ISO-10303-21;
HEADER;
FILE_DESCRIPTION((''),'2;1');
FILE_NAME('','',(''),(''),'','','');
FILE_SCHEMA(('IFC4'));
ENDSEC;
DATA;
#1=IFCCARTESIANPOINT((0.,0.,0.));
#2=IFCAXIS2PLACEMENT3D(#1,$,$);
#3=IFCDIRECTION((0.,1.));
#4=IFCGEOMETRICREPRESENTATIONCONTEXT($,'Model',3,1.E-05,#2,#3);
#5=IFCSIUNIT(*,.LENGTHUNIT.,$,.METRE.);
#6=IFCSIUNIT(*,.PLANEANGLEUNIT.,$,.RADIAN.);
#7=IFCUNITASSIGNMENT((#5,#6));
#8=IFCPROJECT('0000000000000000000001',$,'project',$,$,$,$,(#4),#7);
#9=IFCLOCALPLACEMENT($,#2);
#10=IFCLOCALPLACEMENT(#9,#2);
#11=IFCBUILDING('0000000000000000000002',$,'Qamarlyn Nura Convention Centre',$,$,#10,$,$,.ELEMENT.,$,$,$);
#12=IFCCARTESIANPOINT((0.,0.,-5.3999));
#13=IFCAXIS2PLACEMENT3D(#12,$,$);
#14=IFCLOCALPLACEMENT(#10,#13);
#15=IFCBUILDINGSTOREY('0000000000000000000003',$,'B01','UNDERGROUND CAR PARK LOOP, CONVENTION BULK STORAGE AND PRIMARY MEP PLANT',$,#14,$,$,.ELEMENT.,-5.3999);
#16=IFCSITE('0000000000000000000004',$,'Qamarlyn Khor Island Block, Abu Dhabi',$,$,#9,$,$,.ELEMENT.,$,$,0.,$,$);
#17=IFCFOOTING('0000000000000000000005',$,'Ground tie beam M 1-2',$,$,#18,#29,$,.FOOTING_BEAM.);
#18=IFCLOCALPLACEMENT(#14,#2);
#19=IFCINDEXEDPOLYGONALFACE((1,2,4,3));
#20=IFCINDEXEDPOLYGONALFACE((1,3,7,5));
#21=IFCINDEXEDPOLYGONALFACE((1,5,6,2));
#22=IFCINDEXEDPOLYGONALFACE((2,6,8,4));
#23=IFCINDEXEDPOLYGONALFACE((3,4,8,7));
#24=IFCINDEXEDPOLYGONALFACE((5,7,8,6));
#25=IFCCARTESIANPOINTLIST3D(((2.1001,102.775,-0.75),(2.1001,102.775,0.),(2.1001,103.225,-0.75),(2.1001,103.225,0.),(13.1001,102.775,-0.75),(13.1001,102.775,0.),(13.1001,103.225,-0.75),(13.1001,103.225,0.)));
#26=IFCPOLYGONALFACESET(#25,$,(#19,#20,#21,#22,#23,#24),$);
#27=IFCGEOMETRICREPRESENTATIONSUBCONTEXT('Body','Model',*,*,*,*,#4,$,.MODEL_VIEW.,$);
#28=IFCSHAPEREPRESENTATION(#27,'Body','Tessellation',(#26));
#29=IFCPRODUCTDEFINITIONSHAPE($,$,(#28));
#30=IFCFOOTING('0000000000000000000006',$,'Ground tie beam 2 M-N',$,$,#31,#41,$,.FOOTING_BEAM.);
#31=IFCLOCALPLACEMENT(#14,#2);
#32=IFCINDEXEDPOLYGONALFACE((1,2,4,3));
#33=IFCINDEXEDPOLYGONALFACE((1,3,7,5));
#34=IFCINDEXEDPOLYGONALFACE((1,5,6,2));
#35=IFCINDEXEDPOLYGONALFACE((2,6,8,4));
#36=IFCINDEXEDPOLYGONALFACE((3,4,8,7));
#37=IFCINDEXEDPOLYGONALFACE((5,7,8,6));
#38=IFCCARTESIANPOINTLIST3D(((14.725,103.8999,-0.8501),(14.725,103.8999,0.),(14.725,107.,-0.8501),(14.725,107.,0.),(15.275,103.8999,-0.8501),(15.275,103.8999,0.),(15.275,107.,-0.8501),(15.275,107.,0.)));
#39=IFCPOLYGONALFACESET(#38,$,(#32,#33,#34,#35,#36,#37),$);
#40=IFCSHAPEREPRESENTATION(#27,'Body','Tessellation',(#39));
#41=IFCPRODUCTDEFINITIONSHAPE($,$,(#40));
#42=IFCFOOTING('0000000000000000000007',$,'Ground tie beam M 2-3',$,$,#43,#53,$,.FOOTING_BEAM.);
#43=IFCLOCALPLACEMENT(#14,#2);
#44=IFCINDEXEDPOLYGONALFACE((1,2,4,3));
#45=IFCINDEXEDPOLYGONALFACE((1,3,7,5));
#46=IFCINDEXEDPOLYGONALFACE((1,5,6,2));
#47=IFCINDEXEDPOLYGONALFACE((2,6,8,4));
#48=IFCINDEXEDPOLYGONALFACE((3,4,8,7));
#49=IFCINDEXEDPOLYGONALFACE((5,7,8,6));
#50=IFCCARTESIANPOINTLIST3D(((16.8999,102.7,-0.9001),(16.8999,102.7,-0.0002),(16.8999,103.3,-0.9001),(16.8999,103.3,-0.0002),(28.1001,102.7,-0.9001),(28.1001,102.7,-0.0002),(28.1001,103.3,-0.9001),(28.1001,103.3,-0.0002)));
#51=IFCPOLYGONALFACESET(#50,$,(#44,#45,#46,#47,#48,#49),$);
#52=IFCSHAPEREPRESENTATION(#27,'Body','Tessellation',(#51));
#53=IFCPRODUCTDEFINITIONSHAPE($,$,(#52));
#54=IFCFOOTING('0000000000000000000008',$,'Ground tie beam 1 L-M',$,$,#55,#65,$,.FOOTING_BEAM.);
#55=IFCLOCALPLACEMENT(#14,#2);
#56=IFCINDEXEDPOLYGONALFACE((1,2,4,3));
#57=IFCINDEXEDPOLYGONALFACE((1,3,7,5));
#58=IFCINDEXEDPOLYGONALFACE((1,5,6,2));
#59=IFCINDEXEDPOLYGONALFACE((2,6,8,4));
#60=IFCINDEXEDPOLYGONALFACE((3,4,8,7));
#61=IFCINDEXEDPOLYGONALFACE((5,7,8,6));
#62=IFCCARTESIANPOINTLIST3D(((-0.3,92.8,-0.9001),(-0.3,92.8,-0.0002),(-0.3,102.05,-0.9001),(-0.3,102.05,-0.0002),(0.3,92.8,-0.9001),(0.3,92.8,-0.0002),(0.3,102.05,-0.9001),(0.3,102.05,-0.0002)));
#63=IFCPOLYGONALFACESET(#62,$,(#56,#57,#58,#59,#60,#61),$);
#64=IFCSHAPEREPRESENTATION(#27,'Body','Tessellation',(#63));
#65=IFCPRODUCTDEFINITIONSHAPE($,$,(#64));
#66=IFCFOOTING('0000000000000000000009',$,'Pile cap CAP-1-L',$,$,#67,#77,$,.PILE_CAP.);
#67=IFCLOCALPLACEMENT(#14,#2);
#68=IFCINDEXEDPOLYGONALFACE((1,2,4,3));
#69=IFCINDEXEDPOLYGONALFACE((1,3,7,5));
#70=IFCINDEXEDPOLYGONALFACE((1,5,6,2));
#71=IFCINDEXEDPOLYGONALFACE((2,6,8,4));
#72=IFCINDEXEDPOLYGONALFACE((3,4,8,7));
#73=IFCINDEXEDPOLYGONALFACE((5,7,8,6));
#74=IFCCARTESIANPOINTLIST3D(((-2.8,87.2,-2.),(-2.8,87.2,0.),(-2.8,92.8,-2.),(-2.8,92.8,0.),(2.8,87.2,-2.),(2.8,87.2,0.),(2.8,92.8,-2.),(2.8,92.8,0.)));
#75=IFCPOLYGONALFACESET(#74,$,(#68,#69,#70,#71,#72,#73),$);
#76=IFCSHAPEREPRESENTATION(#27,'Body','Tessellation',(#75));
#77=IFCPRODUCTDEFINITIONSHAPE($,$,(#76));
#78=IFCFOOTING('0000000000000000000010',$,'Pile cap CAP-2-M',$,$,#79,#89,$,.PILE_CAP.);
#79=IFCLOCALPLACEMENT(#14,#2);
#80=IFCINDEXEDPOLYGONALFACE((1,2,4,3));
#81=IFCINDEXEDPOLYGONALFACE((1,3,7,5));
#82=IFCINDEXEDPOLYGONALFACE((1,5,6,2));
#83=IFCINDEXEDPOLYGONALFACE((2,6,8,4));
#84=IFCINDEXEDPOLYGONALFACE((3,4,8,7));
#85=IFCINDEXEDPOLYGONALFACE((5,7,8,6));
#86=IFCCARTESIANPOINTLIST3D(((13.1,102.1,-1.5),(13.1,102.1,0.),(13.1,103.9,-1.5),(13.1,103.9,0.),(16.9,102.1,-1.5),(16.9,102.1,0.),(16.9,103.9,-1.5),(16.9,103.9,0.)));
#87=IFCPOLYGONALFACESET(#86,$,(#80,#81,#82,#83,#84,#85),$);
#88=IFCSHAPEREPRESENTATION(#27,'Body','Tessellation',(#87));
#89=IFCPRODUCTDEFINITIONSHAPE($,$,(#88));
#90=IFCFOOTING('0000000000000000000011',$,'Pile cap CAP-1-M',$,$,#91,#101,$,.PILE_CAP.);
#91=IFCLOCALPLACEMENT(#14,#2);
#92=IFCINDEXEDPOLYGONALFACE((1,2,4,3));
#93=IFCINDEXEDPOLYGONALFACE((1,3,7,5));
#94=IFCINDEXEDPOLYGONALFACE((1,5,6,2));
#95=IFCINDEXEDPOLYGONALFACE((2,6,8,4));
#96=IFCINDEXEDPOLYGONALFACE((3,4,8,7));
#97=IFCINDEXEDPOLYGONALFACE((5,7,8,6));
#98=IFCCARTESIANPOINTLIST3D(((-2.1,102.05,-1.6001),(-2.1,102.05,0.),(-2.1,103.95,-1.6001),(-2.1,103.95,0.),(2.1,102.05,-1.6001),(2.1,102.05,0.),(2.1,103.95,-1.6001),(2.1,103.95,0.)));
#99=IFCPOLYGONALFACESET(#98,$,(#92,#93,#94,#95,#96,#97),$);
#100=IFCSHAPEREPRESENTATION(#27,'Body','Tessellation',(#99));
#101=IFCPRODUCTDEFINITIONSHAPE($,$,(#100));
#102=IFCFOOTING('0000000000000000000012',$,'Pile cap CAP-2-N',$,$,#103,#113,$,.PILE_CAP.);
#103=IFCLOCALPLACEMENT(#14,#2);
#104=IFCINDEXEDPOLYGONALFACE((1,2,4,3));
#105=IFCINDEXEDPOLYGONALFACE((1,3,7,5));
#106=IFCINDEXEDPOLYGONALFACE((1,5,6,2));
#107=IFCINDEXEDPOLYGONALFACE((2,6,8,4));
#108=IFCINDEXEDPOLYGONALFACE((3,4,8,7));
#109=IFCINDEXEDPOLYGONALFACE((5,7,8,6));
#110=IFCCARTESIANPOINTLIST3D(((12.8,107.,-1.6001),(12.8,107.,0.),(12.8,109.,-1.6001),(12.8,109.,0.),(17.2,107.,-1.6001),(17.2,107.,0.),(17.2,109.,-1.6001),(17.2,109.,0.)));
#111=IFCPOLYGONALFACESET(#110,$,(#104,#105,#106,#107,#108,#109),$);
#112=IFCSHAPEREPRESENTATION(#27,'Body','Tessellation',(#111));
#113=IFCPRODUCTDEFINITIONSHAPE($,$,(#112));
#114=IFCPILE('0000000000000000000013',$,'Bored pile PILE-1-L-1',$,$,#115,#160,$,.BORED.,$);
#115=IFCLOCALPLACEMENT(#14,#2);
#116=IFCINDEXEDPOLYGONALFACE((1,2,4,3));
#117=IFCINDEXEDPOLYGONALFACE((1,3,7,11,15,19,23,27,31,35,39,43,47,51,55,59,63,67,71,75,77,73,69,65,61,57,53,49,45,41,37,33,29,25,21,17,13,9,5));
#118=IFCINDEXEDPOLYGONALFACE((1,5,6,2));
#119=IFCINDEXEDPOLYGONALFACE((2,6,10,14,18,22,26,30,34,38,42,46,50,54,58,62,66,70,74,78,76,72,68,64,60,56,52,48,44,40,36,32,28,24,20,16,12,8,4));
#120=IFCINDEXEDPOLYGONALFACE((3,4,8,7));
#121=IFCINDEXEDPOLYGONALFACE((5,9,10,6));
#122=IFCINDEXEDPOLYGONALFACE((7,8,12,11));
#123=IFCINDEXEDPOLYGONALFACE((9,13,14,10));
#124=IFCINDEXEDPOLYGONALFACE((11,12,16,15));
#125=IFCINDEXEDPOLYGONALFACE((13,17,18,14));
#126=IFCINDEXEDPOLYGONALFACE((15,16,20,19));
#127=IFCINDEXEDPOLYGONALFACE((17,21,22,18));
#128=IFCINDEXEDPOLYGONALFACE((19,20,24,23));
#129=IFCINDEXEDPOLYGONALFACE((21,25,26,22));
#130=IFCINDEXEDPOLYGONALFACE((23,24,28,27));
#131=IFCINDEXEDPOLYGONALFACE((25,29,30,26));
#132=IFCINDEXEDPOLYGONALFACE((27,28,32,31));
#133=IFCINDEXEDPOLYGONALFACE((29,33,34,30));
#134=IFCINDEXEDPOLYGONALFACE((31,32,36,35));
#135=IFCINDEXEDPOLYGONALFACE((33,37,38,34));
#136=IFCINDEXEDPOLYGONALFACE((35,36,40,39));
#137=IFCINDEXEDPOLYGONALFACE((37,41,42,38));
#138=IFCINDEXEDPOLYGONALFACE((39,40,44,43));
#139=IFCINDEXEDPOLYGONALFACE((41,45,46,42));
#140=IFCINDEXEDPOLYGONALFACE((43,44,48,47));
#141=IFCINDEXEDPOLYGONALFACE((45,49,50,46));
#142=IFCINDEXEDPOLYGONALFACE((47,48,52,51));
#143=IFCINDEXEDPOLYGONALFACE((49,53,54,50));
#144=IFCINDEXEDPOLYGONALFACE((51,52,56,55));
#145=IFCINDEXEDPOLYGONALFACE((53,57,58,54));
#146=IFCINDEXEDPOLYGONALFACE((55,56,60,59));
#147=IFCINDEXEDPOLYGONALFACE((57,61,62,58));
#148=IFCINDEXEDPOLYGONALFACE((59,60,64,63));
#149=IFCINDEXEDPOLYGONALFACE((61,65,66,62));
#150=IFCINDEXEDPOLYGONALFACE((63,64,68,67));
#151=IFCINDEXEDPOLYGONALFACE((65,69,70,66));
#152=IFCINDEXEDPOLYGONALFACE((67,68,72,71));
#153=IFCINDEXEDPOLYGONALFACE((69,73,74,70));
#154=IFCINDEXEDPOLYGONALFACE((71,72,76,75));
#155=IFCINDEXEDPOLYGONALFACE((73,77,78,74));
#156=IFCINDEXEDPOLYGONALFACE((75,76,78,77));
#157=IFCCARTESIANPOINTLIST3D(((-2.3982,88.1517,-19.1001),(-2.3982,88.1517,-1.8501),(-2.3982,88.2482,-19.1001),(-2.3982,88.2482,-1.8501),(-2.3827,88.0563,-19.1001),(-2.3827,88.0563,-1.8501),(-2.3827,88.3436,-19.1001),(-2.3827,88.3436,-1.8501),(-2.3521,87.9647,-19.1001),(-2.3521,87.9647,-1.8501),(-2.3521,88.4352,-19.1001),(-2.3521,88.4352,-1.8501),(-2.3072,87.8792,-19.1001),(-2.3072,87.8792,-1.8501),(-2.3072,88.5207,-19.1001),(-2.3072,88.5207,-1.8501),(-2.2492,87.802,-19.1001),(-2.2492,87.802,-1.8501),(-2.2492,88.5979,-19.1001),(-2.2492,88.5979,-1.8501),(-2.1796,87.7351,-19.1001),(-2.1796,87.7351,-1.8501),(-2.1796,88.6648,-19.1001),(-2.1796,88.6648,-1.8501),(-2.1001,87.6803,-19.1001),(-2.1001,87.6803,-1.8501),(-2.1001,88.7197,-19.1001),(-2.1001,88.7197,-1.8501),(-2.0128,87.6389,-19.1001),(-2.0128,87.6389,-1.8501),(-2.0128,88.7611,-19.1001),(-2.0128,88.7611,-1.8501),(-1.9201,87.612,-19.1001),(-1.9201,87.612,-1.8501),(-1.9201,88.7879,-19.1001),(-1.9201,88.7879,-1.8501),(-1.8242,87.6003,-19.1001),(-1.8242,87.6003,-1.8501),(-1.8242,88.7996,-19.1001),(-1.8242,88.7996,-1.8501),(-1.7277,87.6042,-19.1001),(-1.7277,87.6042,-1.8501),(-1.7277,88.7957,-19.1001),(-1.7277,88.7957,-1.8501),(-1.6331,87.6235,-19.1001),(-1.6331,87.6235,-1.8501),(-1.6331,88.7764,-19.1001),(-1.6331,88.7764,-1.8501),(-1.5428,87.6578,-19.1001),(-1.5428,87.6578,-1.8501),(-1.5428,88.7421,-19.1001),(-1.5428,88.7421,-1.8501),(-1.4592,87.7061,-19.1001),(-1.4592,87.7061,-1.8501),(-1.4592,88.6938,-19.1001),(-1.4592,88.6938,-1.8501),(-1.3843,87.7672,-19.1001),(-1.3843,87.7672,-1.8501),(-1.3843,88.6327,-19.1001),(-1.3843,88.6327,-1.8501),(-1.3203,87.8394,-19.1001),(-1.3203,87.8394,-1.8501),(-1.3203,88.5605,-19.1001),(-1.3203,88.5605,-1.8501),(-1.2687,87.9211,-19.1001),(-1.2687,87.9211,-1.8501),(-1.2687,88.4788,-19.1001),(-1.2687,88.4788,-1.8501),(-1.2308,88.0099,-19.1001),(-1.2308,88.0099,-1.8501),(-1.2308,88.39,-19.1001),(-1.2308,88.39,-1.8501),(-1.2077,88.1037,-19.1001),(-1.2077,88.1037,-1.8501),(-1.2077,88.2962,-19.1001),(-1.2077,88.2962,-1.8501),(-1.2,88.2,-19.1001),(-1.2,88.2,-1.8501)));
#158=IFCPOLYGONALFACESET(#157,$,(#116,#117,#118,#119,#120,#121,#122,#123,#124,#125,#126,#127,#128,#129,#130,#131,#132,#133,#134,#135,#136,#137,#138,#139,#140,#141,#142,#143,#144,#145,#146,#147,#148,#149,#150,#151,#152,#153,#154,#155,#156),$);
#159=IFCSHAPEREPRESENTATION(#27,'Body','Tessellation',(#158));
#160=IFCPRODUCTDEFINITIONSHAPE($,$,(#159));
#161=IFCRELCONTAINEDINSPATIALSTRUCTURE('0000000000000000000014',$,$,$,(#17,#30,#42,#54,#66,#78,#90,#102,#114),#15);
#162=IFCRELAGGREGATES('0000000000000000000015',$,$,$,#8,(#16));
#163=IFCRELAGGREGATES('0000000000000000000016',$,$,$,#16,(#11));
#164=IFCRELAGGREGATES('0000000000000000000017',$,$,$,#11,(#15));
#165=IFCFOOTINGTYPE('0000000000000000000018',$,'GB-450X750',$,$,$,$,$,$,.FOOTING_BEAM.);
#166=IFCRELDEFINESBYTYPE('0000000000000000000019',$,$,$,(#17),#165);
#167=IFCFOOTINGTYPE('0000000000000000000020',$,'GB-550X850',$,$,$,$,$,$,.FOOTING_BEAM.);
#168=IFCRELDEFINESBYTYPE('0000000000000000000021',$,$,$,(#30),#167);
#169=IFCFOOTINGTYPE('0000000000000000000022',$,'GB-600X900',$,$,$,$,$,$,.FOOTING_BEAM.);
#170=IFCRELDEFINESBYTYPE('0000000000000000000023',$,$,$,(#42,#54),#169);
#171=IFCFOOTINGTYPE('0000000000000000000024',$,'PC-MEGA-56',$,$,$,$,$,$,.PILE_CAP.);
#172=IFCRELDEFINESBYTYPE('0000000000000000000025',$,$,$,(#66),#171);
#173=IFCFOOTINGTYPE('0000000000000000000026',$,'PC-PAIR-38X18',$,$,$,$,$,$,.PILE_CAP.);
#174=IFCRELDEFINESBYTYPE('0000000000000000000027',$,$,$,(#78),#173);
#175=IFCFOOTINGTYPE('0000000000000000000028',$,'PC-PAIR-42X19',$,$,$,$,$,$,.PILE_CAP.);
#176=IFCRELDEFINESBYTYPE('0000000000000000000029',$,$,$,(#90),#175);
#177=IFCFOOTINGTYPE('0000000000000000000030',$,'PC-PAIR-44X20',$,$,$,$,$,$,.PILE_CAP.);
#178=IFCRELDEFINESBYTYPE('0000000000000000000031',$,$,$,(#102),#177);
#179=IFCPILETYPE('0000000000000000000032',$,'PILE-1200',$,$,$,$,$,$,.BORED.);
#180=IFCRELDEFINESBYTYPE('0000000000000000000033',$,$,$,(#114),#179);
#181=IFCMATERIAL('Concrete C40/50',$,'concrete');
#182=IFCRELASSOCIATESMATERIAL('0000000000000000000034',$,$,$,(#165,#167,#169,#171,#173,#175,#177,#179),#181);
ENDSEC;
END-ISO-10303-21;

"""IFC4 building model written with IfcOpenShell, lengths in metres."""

from ifc_helpers import new_model, si_unit, direction, frame, origin, origin_2d, place, context, subcontext, project, spatial, rectangle, circle, extrude, material, material_profile, profile_set, type_object, element, save


model = new_model("IFC4")

# Units and contexts
model_context = context("Model", 3, precision=1e-05, world=origin(), true_north=direction((0.0, 1.0)))
body_context = subcontext(model_context, "Body", "Model", "MODEL_VIEW")
ifc_project = project(units=[si_unit("LENGTHUNIT", "METRE"), si_unit("PLANEANGLEUNIT", "RADIAN")], contexts=[model_context])

# Site, building, storey
site_placement = place(None, origin())
site = spatial("IfcSite", under=ifc_project, at=site_placement, Name="Qamarlyn Khor Island Block, Abu Dhabi", CompositionType="ELEMENT", RefElevation=0.0)
building_placement = place(site_placement, origin())
building = spatial("IfcBuilding", under=site, at=building_placement, Name="Qamarlyn Nura Convention Centre", CompositionType="ELEMENT")
storey_placement = place(building_placement, frame((0.0, 0.0, -5.3999)))
storey = spatial("IfcBuildingStorey", under=building, at=storey_placement, Name="B01", Description="UNDERGROUND CAR PARK LOOP, CONVENTION BULK STORAGE AND PRIMARY MEP PLANT", CompositionType="ELEMENT", Elevation=-5.3999)

# Footings
ifc_material_1 = material(Name="Concrete C40/50", Category="concrete")
ifc_material_profile_1 = material_profile(ifc_material_1, rectangle(XDim=0.45, YDim=0.75, at=origin_2d()), Name="RC GB 450x750")
ifc_profile_set_1 = profile_set([ifc_material_profile_1], Name="Concrete C40/50")
footing_type_1 = type_object("IfcFootingType", Name="GB-450X750", PredefinedType="FOOTING_BEAM", material=ifc_profile_set_1)
footing_1_placement = place(storey_placement, frame((2.1001, 103.0, -0.375), z_axis=(1.0, 0.0, 0.0), x_axis=(0.0, 1.0, 0.0)))
element("IfcFooting", 1, at=footing_1_placement, inside=storey, type_object=footing_type_1, Name="Ground tie beam M 1-2", PredefinedType="FOOTING_BEAM", context=body_context, shape_type="SweptSolid", body=[
    extrude(rectangle(XDim=0.45, YDim=0.75, at=origin_2d()), origin(), (0.0, 0.0, 1.0), 11.0),
])
ifc_material_profile_2 = material_profile(ifc_material_1, rectangle(XDim=0.55, YDim=0.8501, at=origin_2d()), Name="RC GB 550x850")
ifc_profile_set_2 = profile_set([ifc_material_profile_2], Name="Concrete C40/50")
footing_type_2 = type_object("IfcFootingType", Name="GB-550X850", PredefinedType="FOOTING_BEAM", material=ifc_profile_set_2)
footing_2_placement = place(storey_placement, frame((15.0, 103.8999, -0.425), z_axis=(0.0, 1.0, 0.0), x_axis=(-1.0, 0.0, 0.0)))
element("IfcFooting", 2, at=footing_2_placement, inside=storey, type_object=footing_type_2, Name="Ground tie beam 2 M-N", PredefinedType="FOOTING_BEAM", context=body_context, shape_type="SweptSolid", body=[
    extrude(rectangle(XDim=0.55, YDim=0.8501, at=origin_2d()), origin(), (0.0, 0.0, 1.0), 3.1001),
])
ifc_material_profile_3 = material_profile(ifc_material_1, rectangle(XDim=0.6001, YDim=0.8999, at=origin_2d()), Name="RC GB 600x900")
ifc_profile_set_3 = profile_set([ifc_material_profile_3], Name="Concrete C40/50")
footing_type_3 = type_object("IfcFootingType", Name="GB-600X900", PredefinedType="FOOTING_BEAM", material=ifc_profile_set_3)
footing_3_placement = place(storey_placement, frame((16.8999, 103.0, -0.4502), z_axis=(1.0, 0.0, 0.0), x_axis=(0.0, 1.0, 0.0)))
element("IfcFooting", 3, at=footing_3_placement, inside=storey, type_object=footing_type_3, Name="Ground tie beam M 2-3", PredefinedType="FOOTING_BEAM", context=body_context, shape_type="SweptSolid", body=[
    extrude(rectangle(XDim=0.6001, YDim=0.8999, at=origin_2d()), origin(), (0.0, 0.0, 1.0), 11.2002),
])
footing_4_placement = place(storey_placement, frame((0.0, 92.8, -0.4502), z_axis=(0.0, 1.0, 0.0), x_axis=(-1.0, 0.0, 0.0)))
element("IfcFooting", 4, at=footing_4_placement, inside=storey, type_object=footing_type_3, Name="Ground tie beam 1 L-M", PredefinedType="FOOTING_BEAM", context=body_context, shape_type="SweptSolid", body=[
    extrude(rectangle(XDim=0.6001, YDim=0.8999, at=origin_2d()), origin(), (0.0, 0.0, 1.0), 9.25),
])
footing_type_4 = type_object("IfcFootingType", Name="PC-MEGA-56", PredefinedType="PILE_CAP", material=ifc_material_1)
footing_5_placement = place(storey_placement, frame((0.0, 90.0, -2.0), z_axis=(0.0, 0.0, 1.0), x_axis=(1.0, 0.0, 0.0)))
element("IfcFooting", 5, at=footing_5_placement, inside=storey, type_object=footing_type_4, Name="Pile cap CAP-1-L", PredefinedType="PILE_CAP", context=body_context, shape_type="SweptSolid", body=[
    extrude(rectangle(XDim=5.6001, YDim=5.6001, at=origin_2d()), origin(), (0.0, 0.0, 1.0), 2.0),
])
footing_type_5 = type_object("IfcFootingType", Name="PC-PAIR-38X18", PredefinedType="PILE_CAP", material=ifc_material_1)
footing_6_placement = place(storey_placement, frame((15.0, 103.0, -1.5), z_axis=(0.0, 0.0, 1.0), x_axis=(1.0, 0.0, 0.0)))
element("IfcFooting", 6, at=footing_6_placement, inside=storey, type_object=footing_type_5, Name="Pile cap CAP-2-M", PredefinedType="PILE_CAP", context=body_context, shape_type="SweptSolid", body=[
    extrude(rectangle(XDim=3.8, YDim=1.8, at=origin_2d()), origin(), (0.0, 0.0, 1.0), 1.5),
])
footing_type_6 = type_object("IfcFootingType", Name="PC-PAIR-42X19", PredefinedType="PILE_CAP", material=ifc_material_1)
footing_7_placement = place(storey_placement, frame((0.0, 103.0, -1.6001), z_axis=(0.0, 0.0, 1.0), x_axis=(1.0, 0.0, 0.0)))
element("IfcFooting", 7, at=footing_7_placement, inside=storey, type_object=footing_type_6, Name="Pile cap CAP-1-M", PredefinedType="PILE_CAP", context=body_context, shape_type="SweptSolid", body=[
    extrude(rectangle(XDim=4.2, YDim=1.8999, at=origin_2d()), origin(), (0.0, 0.0, 1.0), 1.6001),
])
footing_type_7 = type_object("IfcFootingType", Name="PC-PAIR-44X20", PredefinedType="PILE_CAP", material=ifc_material_1)
footing_8_placement = place(storey_placement, frame((15.0, 108.0, -1.6001), z_axis=(0.0, 0.0, 1.0), x_axis=(1.0, 0.0, 0.0)))
element("IfcFooting", 8, at=footing_8_placement, inside=storey, type_object=footing_type_7, Name="Pile cap CAP-2-N", PredefinedType="PILE_CAP", context=body_context, shape_type="SweptSolid", body=[
    extrude(rectangle(XDim=4.3999, YDim=2.0, at=origin_2d()), origin(), (0.0, 0.0, 1.0), 1.6001),
])

# Pile
ifc_material_profile_4 = material_profile(ifc_material_1, circle(Radius=0.6001, at=origin_2d()), Name="BORED PILE 1200")
ifc_profile_set_4 = profile_set([ifc_material_profile_4], Name="Concrete C40/50")
pile_type_1 = type_object("IfcPileType", Name="PILE-1200", PredefinedType="BORED", material=ifc_profile_set_4)
for number, where, z_axis, x_axis, name in (
    (9, (-1.8, 88.2, -1.8501), (0.0, 0.0, -1.0), (1.0, 0.0, 0.0), "Bored pile PILE-1-L-1"),
):
    element("IfcPile", number, at=place(storey_placement, frame(where, z_axis=z_axis, x_axis=x_axis)), inside=storey, type_object=pile_type_1, Name=name, PredefinedType="BORED", context=body_context, shape_type="SweptSolid", body=[
        extrude(circle(Radius=0.6001, at=origin_2d()), origin(), (0.0, 0.0, 1.0), 17.25),
    ])

save(model, "model.ifc")
